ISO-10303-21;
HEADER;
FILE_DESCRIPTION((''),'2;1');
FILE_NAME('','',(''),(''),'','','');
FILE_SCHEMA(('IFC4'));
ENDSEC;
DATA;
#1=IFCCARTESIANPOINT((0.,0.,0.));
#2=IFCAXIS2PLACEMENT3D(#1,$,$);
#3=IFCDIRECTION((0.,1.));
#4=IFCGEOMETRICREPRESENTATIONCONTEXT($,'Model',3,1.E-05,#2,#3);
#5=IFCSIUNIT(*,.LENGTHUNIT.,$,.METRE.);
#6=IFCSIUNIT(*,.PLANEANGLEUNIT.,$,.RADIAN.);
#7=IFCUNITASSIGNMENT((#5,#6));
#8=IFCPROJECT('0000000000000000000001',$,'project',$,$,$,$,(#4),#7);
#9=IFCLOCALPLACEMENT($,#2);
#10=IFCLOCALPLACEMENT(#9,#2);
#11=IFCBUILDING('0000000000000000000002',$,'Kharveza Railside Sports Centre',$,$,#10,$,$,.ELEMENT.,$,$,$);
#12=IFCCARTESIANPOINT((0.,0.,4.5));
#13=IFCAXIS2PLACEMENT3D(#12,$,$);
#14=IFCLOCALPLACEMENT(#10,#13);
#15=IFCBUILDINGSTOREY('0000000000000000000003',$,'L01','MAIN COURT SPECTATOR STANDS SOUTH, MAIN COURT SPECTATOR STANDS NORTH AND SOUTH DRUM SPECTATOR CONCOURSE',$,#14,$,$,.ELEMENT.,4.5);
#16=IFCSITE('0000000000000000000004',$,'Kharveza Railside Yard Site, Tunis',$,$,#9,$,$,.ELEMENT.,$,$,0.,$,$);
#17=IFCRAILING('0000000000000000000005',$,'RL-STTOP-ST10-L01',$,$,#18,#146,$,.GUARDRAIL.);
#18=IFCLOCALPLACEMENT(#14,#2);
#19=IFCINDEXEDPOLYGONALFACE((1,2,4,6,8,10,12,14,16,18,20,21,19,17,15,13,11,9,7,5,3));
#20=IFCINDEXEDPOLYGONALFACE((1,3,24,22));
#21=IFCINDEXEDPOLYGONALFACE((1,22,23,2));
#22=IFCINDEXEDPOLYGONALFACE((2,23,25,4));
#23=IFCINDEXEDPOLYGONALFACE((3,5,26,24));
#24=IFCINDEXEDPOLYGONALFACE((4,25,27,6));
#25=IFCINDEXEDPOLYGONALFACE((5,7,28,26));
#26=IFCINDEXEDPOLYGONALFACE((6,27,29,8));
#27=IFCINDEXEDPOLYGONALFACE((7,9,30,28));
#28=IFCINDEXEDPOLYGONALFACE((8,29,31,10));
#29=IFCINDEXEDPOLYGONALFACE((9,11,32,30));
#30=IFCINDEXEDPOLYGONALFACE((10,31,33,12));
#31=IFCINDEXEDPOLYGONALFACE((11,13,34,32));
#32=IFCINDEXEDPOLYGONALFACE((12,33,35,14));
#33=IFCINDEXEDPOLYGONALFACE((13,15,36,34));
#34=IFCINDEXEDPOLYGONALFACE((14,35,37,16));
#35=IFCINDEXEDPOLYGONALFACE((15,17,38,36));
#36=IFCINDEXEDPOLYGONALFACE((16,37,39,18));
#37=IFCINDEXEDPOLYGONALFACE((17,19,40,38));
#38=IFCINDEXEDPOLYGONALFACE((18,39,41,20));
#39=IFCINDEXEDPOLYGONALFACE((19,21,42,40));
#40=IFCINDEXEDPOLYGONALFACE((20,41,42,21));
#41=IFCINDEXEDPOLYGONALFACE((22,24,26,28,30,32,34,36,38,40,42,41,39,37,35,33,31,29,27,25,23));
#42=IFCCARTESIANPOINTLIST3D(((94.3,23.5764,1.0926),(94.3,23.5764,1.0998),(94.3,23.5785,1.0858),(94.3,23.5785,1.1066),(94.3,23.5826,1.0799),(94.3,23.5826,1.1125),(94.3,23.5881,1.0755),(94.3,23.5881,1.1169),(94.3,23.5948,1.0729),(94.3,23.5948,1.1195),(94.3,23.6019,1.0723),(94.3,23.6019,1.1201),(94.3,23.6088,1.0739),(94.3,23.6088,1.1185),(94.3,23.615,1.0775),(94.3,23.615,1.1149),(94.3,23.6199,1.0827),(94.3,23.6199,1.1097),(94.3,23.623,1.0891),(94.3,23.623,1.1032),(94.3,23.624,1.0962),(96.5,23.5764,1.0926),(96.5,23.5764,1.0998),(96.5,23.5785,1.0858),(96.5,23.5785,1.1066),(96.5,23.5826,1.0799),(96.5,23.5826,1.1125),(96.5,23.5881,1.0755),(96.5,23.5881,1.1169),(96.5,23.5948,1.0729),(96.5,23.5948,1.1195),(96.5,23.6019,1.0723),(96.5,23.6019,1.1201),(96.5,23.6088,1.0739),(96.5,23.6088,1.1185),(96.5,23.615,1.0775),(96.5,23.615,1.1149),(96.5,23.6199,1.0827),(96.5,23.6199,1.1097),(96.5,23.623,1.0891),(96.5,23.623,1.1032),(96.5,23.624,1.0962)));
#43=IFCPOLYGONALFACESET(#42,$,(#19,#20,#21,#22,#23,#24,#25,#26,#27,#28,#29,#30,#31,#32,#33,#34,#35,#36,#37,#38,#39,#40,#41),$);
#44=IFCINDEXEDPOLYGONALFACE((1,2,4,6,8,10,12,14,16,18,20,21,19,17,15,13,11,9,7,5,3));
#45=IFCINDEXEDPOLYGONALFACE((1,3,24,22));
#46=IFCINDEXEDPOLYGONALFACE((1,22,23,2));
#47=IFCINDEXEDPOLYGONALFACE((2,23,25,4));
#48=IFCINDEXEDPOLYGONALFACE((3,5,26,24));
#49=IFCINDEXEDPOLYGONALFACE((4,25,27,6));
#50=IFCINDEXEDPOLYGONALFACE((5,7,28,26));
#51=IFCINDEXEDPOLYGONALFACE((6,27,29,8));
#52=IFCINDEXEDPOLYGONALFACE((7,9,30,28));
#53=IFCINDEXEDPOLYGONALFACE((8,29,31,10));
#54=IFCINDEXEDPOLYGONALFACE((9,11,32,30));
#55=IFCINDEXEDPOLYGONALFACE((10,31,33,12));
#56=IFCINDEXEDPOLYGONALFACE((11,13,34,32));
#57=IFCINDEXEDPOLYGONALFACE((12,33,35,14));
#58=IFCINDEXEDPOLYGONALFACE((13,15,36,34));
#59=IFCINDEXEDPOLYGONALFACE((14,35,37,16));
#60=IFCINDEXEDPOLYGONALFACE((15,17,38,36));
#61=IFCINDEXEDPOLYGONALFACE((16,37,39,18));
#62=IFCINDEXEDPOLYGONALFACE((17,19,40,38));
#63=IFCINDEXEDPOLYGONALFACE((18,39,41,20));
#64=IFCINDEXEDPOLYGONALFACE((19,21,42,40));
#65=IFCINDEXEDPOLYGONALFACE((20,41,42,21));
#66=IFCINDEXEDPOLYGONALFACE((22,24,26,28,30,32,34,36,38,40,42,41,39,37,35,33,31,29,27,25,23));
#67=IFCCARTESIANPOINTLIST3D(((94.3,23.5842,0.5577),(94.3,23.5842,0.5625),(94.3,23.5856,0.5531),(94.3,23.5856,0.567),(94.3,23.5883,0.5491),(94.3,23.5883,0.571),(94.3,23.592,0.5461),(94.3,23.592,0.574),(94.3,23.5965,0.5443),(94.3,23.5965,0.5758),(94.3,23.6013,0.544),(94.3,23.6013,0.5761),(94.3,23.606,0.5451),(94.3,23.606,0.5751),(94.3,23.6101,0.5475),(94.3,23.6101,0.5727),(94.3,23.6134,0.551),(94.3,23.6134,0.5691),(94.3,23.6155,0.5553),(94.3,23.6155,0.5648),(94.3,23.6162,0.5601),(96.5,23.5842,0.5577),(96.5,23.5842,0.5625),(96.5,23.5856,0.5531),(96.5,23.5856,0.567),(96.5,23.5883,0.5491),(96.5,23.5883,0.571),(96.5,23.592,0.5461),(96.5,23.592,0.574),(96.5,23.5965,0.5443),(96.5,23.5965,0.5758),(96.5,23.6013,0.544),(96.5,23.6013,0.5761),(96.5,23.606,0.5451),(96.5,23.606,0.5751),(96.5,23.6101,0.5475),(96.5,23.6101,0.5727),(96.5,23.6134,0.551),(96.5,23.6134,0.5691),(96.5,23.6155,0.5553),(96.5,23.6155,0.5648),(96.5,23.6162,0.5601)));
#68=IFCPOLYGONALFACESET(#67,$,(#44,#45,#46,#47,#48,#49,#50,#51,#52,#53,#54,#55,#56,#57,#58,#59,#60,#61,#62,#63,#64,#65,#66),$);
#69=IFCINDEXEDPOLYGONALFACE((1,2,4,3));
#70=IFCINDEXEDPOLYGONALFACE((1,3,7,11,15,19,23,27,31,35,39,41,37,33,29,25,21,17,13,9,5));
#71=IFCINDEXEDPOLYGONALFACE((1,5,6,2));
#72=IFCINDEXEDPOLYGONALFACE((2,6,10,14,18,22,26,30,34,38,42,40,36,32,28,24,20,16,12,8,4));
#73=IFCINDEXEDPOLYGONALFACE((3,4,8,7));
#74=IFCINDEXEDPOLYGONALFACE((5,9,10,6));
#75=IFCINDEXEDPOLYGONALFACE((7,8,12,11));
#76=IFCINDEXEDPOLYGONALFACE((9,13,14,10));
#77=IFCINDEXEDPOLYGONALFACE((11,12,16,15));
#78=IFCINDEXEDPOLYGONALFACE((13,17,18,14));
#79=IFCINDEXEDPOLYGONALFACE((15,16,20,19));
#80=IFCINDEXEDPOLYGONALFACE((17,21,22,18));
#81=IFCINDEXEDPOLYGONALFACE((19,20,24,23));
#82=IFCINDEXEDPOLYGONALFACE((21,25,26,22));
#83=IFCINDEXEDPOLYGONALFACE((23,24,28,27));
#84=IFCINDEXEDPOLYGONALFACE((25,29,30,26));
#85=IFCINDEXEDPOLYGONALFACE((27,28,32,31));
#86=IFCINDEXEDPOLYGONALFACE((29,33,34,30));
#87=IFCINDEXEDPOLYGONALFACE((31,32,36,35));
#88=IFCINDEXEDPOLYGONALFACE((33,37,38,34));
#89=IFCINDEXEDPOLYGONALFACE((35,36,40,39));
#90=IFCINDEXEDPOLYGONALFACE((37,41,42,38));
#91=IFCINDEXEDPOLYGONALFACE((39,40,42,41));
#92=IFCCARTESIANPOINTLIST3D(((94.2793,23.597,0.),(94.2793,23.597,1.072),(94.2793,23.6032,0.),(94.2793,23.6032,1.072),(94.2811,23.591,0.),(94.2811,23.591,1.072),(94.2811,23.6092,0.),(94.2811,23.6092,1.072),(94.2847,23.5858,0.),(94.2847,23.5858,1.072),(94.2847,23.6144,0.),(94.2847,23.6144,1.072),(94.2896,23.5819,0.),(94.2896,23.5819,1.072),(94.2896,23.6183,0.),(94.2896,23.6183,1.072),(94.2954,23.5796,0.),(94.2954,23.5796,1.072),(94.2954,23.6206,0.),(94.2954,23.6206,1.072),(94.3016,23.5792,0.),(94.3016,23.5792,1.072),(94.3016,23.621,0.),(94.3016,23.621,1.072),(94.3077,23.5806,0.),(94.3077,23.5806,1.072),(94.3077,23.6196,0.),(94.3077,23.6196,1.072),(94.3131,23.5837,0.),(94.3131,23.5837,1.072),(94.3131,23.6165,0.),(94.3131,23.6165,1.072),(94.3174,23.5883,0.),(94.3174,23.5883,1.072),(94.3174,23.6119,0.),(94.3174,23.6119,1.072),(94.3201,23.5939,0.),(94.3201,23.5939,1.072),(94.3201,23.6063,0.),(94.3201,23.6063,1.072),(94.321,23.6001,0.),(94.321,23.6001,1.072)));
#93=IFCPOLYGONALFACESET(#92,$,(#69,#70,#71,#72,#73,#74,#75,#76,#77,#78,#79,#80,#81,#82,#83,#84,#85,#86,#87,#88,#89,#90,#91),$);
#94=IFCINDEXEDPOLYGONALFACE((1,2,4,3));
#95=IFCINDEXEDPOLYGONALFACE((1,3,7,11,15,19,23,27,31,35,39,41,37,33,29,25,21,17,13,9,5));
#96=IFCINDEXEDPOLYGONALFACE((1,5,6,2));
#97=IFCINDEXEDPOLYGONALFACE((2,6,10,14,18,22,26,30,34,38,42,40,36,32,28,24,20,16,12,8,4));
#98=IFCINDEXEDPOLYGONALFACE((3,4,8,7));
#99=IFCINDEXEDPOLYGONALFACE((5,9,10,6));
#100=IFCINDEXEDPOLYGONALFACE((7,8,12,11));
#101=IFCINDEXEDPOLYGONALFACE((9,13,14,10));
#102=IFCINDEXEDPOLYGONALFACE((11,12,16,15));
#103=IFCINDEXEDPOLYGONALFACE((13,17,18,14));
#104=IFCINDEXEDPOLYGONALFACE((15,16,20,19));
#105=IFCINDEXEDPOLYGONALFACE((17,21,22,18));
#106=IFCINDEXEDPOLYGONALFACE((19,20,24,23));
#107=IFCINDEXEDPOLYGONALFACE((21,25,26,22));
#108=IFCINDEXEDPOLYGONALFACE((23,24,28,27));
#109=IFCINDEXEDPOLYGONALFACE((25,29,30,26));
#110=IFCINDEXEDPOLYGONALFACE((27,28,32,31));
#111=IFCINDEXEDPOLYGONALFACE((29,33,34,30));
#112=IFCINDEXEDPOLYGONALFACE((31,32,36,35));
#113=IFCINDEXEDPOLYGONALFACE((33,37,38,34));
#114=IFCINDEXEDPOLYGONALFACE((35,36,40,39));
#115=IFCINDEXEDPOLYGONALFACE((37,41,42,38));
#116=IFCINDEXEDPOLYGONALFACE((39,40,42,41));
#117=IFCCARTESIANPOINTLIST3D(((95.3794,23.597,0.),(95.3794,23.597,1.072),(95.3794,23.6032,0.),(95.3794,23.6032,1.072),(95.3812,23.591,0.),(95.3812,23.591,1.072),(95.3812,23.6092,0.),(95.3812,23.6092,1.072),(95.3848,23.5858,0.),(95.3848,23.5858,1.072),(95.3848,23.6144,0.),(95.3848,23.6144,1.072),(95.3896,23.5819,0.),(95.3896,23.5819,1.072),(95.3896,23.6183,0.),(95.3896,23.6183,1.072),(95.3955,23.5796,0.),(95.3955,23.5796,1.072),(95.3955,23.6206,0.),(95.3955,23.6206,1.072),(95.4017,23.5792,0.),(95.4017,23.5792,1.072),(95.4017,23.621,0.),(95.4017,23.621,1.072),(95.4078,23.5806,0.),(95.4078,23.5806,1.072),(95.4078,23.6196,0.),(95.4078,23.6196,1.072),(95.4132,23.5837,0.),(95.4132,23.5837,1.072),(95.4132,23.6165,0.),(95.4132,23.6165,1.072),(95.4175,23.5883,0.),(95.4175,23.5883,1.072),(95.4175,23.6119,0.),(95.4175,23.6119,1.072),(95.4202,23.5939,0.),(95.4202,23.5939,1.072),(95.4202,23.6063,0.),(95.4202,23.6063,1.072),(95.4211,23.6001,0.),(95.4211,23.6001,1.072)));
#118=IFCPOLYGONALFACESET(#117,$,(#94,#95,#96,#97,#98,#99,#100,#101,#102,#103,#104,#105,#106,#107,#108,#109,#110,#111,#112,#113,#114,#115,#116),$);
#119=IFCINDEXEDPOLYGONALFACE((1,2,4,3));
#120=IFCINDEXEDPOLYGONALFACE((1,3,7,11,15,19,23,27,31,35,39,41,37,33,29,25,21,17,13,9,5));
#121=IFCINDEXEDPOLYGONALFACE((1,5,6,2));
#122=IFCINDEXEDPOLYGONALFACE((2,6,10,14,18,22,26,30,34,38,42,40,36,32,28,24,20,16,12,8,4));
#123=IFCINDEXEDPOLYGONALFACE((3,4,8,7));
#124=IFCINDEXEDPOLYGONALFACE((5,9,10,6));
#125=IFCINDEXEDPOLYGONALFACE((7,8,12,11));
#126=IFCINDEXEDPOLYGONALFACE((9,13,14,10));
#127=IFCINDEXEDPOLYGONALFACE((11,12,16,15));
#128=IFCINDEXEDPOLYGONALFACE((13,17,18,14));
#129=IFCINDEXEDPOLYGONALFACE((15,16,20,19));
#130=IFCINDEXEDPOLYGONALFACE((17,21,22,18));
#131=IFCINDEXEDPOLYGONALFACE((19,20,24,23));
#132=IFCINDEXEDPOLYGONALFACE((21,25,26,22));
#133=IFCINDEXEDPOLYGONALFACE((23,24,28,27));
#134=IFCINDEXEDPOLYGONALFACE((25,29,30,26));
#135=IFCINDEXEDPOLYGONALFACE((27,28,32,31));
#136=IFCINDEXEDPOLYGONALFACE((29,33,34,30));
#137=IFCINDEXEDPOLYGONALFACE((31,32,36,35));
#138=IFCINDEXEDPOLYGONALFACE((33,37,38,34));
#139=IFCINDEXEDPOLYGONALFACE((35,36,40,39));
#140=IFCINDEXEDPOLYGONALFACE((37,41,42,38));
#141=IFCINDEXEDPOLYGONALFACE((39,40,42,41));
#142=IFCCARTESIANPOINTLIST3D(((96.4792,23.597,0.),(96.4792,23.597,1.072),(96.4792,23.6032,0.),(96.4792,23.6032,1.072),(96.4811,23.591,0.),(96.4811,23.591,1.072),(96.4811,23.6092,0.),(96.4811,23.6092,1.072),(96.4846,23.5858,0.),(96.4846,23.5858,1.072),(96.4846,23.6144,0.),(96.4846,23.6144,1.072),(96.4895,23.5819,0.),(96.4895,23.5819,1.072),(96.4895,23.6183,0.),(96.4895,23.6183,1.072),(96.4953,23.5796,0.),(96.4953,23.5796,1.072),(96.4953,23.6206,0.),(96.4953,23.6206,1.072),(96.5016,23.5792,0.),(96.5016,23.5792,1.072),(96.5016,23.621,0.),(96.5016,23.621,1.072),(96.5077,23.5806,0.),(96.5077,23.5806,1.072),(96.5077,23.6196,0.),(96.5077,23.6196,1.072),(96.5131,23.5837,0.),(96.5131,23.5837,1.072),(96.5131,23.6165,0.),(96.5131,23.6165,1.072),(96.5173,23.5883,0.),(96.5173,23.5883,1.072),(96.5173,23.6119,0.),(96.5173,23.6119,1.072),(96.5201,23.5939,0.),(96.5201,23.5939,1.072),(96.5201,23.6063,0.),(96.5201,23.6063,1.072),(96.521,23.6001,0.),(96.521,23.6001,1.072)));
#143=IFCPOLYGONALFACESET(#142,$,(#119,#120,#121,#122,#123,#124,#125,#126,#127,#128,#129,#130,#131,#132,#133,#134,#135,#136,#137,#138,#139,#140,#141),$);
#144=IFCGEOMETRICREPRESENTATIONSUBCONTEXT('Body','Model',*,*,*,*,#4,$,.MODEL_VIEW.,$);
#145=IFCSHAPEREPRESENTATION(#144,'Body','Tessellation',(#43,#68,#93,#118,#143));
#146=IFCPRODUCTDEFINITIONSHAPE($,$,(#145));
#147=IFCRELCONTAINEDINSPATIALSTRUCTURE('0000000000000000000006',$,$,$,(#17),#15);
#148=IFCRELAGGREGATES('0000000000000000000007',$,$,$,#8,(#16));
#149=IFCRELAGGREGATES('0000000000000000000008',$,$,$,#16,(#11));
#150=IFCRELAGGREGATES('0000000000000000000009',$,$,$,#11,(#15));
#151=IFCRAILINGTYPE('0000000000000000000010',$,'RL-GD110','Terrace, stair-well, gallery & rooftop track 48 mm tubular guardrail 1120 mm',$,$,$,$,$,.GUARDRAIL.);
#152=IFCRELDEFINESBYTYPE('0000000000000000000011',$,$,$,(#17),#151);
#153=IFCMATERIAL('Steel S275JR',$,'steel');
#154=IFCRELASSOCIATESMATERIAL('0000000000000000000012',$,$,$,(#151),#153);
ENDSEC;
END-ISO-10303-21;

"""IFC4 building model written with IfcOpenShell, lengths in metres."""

from ifc_helpers import new_model, si_unit, direction, frame, origin, origin_2d, place, context, subcontext, project, spatial, circle, extrude, material, type_object, element, save


model = new_model("IFC4")

# Units and contexts
model_context = context("Model", 3, precision=1e-05, world=origin(), true_north=direction((0.0, 1.0)))
body_context = subcontext(model_context, "Body", "Model", "MODEL_VIEW")
ifc_project = project(units=[si_unit("LENGTHUNIT", "METRE"), si_unit("PLANEANGLEUNIT", "RADIAN")], contexts=[model_context])

# Site, building, storey
site_placement = place(None, origin())
site = spatial("IfcSite", under=ifc_project, at=site_placement, Name="Kharveza Railside Yard Site, Tunis", CompositionType="ELEMENT", RefElevation=0.0)
building_placement = place(site_placement, origin())
building = spatial("IfcBuilding", under=site, at=building_placement, Name="Kharveza Railside Sports Centre", CompositionType="ELEMENT")
storey_placement = place(building_placement, frame((0.0, 0.0, 4.5)))
storey = spatial("IfcBuildingStorey", under=building, at=storey_placement, Name="L01", Description="MAIN COURT SPECTATOR STANDS SOUTH, MAIN COURT SPECTATOR STANDS NORTH AND SOUTH DRUM SPECTATOR CONCOURSE", CompositionType="ELEMENT", Elevation=4.5)

# Railing
ifc_material_1 = material(Name="Steel S275JR", Category="steel")
railing_type = type_object("IfcRailingType", Name="RL-GD110", Description="Terrace, stair-well, gallery & rooftop track 48 mm tubular guardrail 1120 mm", PredefinedType="GUARDRAIL", material=ifc_material_1)
for number, where, name in (
    (1, (94.3, 23.6001, 0.0), "RL-STTOP-ST10-L01"),
):
    element("IfcRailing", number, at=place(storey_placement, frame(where)), inside=storey, type_object=railing_type, Name=name, PredefinedType="GUARDRAIL", context=body_context, shape_type="SweptSolid", body=[
        extrude(circle(Radius=0.0239, at=origin_2d()), frame((0.0, 0.0, 1.0962), z_axis=(1.0, 0.0, 0.0), x_axis=(0.0, 1.0, 0.0)), (0.0, 0.0, 1.0), 2.2),
        extrude(circle(Radius=0.0161, at=origin_2d()), frame((0.0, 0.0, 0.5601), z_axis=(1.0, 0.0, 0.0), x_axis=(0.0, 1.0, 0.0)), (0.0, 0.0, 1.0), 2.2),
        extrude(circle(Radius=0.021, at=origin_2d()), origin(), (0.0, 0.0, 1.0), 1.072),
        extrude(circle(Radius=0.021, at=origin_2d()), frame((1.1001, 0.0, 0.0)), (0.0, 0.0, 1.0), 1.072),
        extrude(circle(Radius=0.021, at=origin_2d()), frame((2.2, 0.0, 0.0)), (0.0, 0.0, 1.0), 1.072),
    ])

save(model, "model.ifc")
